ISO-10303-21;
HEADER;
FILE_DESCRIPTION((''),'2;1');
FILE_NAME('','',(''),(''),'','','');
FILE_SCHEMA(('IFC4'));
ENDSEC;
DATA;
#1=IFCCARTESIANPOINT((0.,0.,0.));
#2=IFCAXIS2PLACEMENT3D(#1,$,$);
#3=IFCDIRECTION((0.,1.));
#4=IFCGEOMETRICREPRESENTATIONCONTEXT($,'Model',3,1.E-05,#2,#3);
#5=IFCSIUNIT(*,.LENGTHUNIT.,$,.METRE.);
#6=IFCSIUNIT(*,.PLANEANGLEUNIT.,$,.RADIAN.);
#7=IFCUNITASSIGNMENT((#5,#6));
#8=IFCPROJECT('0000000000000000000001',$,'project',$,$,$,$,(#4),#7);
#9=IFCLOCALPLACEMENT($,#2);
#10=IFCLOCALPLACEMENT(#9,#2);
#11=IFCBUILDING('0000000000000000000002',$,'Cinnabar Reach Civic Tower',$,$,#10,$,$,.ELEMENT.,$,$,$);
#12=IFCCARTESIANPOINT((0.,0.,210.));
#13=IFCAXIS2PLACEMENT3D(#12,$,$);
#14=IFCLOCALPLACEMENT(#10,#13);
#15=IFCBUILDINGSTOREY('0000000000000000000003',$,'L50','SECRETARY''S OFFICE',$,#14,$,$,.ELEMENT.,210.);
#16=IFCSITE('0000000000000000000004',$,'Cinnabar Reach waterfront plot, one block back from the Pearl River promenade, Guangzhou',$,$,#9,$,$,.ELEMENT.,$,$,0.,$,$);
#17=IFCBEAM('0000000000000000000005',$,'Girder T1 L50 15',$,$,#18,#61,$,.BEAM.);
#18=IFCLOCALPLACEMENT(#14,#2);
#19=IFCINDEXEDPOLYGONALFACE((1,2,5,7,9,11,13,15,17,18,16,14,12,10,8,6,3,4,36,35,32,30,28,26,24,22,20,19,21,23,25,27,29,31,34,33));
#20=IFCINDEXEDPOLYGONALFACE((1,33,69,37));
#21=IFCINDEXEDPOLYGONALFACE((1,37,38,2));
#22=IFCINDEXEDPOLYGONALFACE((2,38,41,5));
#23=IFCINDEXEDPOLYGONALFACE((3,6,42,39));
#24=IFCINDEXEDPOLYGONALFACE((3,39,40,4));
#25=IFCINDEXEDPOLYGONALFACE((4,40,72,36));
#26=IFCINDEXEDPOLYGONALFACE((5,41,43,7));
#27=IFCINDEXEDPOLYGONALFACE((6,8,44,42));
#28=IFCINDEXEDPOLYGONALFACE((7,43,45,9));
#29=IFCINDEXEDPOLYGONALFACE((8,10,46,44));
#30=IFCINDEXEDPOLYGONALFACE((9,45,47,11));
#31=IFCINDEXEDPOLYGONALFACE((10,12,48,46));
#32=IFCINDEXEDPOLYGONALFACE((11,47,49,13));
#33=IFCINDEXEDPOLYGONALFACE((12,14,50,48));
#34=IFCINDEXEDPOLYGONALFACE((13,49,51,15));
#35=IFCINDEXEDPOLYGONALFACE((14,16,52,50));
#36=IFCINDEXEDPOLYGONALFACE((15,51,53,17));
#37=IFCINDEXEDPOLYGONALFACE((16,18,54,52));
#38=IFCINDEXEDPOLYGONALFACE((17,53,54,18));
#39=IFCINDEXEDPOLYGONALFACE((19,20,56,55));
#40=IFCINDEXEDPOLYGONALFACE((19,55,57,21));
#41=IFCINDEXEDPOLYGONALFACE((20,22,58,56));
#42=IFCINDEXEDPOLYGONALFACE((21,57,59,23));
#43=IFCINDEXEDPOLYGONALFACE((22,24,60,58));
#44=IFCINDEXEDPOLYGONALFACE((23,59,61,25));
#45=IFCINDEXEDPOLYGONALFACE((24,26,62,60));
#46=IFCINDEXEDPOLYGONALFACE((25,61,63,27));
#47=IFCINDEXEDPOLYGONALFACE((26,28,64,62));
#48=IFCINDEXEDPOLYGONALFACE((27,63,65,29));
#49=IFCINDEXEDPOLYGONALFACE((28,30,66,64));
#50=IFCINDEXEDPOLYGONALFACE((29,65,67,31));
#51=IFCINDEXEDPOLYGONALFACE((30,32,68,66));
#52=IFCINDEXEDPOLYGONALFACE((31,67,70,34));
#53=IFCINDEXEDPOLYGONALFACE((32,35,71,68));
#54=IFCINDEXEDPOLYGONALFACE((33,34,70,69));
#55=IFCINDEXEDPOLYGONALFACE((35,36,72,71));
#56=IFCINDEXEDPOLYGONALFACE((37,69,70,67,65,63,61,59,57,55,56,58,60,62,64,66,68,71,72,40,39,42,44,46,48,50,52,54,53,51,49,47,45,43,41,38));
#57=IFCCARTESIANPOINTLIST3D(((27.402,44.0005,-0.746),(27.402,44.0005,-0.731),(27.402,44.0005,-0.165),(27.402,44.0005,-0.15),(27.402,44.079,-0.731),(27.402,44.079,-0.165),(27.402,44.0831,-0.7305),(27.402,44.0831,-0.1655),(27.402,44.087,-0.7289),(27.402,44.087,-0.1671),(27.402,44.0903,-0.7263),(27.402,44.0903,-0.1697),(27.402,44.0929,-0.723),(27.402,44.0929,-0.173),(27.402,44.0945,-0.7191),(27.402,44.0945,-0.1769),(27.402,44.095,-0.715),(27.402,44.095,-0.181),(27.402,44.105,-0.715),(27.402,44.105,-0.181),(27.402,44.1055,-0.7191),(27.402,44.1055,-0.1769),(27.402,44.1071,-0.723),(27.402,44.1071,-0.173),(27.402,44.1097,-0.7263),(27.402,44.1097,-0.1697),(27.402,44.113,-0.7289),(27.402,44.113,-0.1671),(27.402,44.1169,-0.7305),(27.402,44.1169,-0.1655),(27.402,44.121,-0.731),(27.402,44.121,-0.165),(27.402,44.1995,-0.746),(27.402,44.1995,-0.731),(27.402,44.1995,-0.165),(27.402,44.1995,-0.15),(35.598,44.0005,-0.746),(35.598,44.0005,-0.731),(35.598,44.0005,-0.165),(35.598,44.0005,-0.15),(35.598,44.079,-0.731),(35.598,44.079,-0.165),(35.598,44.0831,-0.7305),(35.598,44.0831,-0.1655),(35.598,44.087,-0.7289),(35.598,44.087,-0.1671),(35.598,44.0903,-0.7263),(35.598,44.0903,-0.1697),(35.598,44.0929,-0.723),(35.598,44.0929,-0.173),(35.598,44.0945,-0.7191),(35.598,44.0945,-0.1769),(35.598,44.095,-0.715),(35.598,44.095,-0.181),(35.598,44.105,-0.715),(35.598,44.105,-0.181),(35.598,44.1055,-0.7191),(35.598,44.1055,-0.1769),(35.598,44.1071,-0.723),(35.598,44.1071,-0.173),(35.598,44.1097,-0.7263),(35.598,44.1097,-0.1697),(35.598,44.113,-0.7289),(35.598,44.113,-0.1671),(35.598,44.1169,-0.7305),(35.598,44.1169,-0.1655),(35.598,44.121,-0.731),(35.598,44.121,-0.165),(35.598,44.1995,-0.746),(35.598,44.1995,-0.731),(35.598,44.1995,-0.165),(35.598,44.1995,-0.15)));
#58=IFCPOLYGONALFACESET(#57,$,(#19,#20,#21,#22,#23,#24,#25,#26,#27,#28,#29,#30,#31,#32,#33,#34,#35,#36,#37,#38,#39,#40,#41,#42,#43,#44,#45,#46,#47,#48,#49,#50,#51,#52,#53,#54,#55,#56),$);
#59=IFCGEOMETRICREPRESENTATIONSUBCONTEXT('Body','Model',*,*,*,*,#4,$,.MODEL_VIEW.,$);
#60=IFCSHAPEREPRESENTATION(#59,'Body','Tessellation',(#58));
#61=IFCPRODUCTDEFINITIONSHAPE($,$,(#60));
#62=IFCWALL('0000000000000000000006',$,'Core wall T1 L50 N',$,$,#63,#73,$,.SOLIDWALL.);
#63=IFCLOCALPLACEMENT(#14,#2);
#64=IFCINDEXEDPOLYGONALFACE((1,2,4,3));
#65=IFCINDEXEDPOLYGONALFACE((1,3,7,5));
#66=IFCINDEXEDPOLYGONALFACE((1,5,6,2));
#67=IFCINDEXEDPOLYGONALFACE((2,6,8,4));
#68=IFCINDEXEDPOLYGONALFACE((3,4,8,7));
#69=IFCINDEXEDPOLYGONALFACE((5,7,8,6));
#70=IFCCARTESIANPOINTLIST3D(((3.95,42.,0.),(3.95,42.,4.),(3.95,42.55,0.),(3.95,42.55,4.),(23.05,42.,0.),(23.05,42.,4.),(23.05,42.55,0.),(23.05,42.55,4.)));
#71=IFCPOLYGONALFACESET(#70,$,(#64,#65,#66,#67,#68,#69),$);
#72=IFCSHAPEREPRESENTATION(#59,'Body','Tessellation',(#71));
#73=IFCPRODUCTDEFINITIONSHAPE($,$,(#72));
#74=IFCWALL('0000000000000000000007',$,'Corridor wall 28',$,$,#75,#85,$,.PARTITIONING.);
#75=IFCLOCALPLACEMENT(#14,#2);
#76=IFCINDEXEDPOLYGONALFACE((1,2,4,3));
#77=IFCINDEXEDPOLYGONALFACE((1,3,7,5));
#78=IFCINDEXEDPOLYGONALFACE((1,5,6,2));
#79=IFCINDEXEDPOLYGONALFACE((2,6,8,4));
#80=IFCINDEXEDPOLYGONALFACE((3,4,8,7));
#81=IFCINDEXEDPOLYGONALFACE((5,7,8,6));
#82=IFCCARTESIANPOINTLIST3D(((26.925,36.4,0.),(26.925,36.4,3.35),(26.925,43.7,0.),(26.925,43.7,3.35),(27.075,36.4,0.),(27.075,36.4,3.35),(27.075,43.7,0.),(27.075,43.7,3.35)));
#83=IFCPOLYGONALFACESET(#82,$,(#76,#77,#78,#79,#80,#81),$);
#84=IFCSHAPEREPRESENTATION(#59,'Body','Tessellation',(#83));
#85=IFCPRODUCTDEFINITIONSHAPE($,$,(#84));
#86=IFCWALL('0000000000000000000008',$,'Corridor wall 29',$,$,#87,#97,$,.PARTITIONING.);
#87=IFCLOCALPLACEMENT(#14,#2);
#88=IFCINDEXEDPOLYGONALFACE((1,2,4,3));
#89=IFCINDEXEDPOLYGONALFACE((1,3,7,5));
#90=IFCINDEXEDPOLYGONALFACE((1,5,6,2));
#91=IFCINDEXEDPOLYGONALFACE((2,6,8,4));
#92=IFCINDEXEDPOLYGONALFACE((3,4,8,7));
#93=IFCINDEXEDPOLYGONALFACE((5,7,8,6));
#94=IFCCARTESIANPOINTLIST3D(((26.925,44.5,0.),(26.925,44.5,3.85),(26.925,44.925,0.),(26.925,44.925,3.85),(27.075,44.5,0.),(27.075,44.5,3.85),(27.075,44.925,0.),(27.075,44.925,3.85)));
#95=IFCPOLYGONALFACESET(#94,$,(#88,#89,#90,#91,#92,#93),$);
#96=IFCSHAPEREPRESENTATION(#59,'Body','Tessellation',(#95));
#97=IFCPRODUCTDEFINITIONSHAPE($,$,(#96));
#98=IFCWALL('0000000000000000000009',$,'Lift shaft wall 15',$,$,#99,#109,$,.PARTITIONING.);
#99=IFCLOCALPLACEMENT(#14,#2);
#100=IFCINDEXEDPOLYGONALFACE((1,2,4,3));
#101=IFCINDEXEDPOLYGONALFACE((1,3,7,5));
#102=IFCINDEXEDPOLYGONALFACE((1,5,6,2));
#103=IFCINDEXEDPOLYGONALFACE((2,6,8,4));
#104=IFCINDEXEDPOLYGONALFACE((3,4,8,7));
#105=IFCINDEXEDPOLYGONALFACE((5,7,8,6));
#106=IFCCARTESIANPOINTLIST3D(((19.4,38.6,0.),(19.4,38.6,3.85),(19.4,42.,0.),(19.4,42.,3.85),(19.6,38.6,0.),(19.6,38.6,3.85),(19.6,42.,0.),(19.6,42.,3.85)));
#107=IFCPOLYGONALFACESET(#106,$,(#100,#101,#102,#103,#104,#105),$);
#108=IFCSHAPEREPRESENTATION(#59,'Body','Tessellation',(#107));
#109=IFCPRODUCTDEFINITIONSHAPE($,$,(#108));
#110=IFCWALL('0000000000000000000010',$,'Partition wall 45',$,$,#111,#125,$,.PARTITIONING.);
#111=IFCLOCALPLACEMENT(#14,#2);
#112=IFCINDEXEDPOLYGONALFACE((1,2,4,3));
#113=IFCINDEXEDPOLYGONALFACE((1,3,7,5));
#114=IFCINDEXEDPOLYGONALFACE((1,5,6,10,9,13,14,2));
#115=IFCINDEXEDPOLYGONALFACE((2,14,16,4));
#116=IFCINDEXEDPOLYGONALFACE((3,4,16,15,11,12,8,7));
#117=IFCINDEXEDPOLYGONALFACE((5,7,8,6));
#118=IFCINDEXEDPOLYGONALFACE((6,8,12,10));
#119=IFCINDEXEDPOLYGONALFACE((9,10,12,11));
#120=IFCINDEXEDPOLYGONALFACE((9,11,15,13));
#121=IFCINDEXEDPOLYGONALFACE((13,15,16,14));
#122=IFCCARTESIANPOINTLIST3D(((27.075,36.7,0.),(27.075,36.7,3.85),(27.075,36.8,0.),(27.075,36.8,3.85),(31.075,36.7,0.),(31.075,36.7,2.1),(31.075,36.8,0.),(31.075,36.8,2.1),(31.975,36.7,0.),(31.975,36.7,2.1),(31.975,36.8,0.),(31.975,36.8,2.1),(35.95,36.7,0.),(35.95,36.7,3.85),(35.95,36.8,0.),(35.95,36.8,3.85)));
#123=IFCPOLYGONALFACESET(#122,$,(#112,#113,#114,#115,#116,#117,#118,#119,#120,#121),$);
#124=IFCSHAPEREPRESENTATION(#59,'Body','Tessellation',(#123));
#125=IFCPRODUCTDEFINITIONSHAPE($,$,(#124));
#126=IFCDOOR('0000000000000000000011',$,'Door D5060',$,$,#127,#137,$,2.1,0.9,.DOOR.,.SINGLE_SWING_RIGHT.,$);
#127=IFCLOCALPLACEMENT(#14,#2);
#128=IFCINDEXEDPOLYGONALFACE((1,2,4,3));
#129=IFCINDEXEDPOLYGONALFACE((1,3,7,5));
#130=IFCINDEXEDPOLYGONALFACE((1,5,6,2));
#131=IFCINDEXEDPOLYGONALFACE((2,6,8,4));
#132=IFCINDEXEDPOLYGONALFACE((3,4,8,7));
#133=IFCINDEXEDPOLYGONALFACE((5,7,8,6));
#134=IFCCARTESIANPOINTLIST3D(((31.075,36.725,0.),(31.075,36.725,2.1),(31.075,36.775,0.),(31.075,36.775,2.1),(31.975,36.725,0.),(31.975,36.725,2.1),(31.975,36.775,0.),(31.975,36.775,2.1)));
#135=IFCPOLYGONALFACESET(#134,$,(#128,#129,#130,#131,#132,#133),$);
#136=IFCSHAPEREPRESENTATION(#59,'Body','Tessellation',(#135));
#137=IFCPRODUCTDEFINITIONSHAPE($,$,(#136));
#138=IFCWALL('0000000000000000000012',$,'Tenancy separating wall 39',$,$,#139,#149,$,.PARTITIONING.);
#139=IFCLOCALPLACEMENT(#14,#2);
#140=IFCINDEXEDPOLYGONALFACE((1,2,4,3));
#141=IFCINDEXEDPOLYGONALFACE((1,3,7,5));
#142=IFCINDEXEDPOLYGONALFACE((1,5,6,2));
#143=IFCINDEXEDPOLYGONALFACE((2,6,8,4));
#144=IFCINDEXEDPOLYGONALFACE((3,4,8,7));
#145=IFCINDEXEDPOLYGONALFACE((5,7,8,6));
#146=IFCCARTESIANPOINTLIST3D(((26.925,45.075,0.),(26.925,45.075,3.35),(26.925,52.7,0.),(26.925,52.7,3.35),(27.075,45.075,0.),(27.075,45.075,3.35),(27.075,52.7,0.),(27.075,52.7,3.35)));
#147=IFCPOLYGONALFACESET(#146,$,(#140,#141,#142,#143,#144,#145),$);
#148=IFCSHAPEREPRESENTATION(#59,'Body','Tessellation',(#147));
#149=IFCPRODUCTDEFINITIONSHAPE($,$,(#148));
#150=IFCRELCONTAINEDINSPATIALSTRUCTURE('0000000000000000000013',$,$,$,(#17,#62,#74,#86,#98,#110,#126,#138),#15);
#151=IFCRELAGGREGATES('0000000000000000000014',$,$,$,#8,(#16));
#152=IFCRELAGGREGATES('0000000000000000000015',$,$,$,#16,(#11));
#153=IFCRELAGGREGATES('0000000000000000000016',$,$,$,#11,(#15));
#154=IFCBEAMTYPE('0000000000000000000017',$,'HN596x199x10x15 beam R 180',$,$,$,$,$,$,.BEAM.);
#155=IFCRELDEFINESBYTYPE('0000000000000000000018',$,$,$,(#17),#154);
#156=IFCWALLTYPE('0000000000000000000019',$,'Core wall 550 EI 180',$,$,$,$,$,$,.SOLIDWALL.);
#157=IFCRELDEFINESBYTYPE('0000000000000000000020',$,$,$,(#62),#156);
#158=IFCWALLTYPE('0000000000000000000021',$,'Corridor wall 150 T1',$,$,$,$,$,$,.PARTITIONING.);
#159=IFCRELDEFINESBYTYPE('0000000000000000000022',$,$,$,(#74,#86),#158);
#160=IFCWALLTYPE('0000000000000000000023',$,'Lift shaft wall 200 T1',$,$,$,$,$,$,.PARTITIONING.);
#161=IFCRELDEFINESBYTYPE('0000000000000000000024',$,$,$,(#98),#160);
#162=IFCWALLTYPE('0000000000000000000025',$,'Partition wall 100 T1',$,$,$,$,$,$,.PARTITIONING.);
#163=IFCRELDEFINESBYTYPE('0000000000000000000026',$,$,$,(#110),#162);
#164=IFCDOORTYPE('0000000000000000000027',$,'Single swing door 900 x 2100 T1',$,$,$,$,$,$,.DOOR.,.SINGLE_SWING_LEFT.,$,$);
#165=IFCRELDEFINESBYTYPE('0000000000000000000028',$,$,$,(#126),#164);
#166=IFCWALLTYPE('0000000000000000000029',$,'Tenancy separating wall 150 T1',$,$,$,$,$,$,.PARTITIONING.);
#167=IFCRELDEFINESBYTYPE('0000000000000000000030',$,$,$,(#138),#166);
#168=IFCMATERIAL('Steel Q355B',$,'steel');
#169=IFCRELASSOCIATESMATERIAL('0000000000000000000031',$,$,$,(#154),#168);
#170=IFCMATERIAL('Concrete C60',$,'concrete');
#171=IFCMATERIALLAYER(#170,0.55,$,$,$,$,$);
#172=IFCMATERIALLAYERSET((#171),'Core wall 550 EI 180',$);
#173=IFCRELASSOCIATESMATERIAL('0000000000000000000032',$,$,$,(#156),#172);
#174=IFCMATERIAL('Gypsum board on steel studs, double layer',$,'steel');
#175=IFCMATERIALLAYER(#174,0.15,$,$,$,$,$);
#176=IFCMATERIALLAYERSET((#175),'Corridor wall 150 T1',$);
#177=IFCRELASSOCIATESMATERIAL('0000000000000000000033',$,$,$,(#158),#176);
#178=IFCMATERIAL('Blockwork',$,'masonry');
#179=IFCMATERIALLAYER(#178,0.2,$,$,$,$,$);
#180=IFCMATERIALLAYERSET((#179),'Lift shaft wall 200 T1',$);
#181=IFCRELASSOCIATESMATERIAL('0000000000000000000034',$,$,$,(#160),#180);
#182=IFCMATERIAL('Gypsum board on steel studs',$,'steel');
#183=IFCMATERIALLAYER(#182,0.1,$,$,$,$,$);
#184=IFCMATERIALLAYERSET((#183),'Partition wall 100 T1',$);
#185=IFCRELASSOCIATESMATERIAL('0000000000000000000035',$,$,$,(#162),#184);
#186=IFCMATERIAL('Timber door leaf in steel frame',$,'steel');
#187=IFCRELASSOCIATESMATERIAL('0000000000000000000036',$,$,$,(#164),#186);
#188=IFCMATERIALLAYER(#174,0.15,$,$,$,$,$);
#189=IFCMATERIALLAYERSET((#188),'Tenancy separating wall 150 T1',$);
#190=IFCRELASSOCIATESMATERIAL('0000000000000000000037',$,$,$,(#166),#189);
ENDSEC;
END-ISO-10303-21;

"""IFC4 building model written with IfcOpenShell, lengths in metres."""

from ifc_helpers import new_model, si_unit, direction, frame, frame_2d, origin, origin_2d, place, context, subcontext, project, spatial, rectangle, i_section, extrude, material, layer, layer_set, material_profile, profile_set, type_object, element, fill, save


model = new_model("IFC4")

# Units and contexts
model_context = context("Model", 3, precision=1e-05, world=origin(), true_north=direction((0.0, 1.0)))
body_context = subcontext(model_context, "Body", "Model", "MODEL_VIEW")
ifc_project = project(units=[si_unit("LENGTHUNIT", "METRE"), si_unit("PLANEANGLEUNIT", "RADIAN")], contexts=[model_context])

# Site, building, storey
site_placement = place(None, origin())
site = spatial("IfcSite", under=ifc_project, at=site_placement, Name="Cinnabar Reach waterfront plot, one block back from the Pearl River promenade, Guangzhou", CompositionType="ELEMENT", RefElevation=0.0)
building_placement = place(site_placement, origin())
building = spatial("IfcBuilding", under=site, at=building_placement, Name="Cinnabar Reach Civic Tower", CompositionType="ELEMENT")
storey_placement = place(building_placement, frame((0.0, 0.0, 210.0)))
storey = spatial("IfcBuildingStorey", under=building, at=storey_placement, Name="L50", Description="SECRETARY'S OFFICE", CompositionType="ELEMENT", Elevation=210.0)

# Shared definitions
ifc_material_1 = material(Name="Concrete C60", Category="concrete")

# Beam
ifc_material_2 = material(Name="Steel Q355B", Category="steel")
ifc_material_profile_1 = material_profile(ifc_material_2, i_section(OverallWidth=0.199, OverallDepth=0.596, WebThickness=0.01, FlangeThickness=0.015, FilletRadius=0.016, at=origin_2d()), Name="HN596x199x10x15")
ifc_profile_set_1 = profile_set([ifc_material_profile_1], Name="Steel Q355B")
beam_type_1 = type_object("IfcBeamType", Name="HN596x199x10x15 beam R 180", PredefinedType="BEAM", material=ifc_profile_set_1)
for number, where, z_axis, x_axis, name in (
    (1, (27.402, 44.1, -0.448), (1.0, 0.0, 0.0), (0.0, 1.0, 0.0), "Girder T1 L50 15"),
):
    element("IfcBeam", number, at=place(storey_placement, frame(where, z_axis=z_axis, x_axis=x_axis)), inside=storey, type_object=beam_type_1, Name=name, PredefinedType="BEAM", context=body_context, shape_type="SweptSolid", body=[
        extrude(i_section(OverallWidth=0.199, OverallDepth=0.596, WebThickness=0.01, FlangeThickness=0.015, FilletRadius=0.016, at=origin_2d()), origin(), (0.0, 0.0, 1.0), 8.196),
    ])

# Walls
ifc_layer_1 = layer(ifc_material_1, 0.55)
ifc_layer_set_1 = layer_set([ifc_layer_1], Name="Core wall 550 EI 180")
wall_type_1 = type_object("IfcWallType", Name="Core wall 550 EI 180", PredefinedType="SOLIDWALL", material=ifc_layer_set_1)
wall_1_placement = place(storey_placement, frame((23.05, 42.275, 0.0), z_axis=(0.0, 0.0, 1.0), x_axis=(-1.0, 0.0, 0.0)))
element("IfcWall", 2, at=wall_1_placement, inside=storey, type_object=wall_type_1, Name="Core wall T1 L50 N", PredefinedType="SOLIDWALL", context=body_context, shape_type="SweptSolid", body=[
    extrude(rectangle(XDim=19.1, YDim=0.55, at=frame_2d((9.55, 0.0))), origin(), (0.0, 0.0, 1.0), 4.0),
])
ifc_material_3 = material(Name="Gypsum board on steel studs, double layer", Category="steel")
ifc_layer_2 = layer(ifc_material_3, 0.15)
ifc_layer_set_2 = layer_set([ifc_layer_2], Name="Corridor wall 150 T1")
wall_type_2 = type_object("IfcWallType", Name="Corridor wall 150 T1", PredefinedType="PARTITIONING", material=ifc_layer_set_2)
wall_2_placement = place(storey_placement, frame((27.0, 36.4, 0.0), z_axis=(0.0, 0.0, 1.0), x_axis=(0.0, 1.0, 0.0)))
element("IfcWall", 3, at=wall_2_placement, inside=storey, type_object=wall_type_2, Name="Corridor wall 28", PredefinedType="PARTITIONING", context=body_context, shape_type="SweptSolid", body=[
    extrude(rectangle(XDim=7.3, YDim=0.15, at=frame_2d((3.65, 0.0))), origin(), (0.0, 0.0, 1.0), 3.35),
])
wall_3_placement = place(storey_placement, frame((27.0, 44.5, 0.0), z_axis=(0.0, 0.0, 1.0), x_axis=(0.0, 1.0, 0.0)))
element("IfcWall", 4, at=wall_3_placement, inside=storey, type_object=wall_type_2, Name="Corridor wall 29", PredefinedType="PARTITIONING", context=body_context, shape_type="SweptSolid", body=[
    extrude(rectangle(XDim=0.425, YDim=0.15, at=frame_2d((0.2125, 0.0))), origin(), (0.0, 0.0, 1.0), 3.85),
])
ifc_material_4 = material(Name="Blockwork", Category="masonry")
ifc_layer_3 = layer(ifc_material_4, 0.2)
ifc_layer_set_3 = layer_set([ifc_layer_3], Name="Lift shaft wall 200 T1")
wall_type_3 = type_object("IfcWallType", Name="Lift shaft wall 200 T1", PredefinedType="PARTITIONING", material=ifc_layer_set_3)
wall_4_placement = place(storey_placement, frame((19.5, 38.6, 0.0), z_axis=(0.0, 0.0, 1.0), x_axis=(0.0, 1.0, 0.0)))
element("IfcWall", 5, at=wall_4_placement, inside=storey, type_object=wall_type_3, Name="Lift shaft wall 15", PredefinedType="PARTITIONING", context=body_context, shape_type="SweptSolid", body=[
    extrude(rectangle(XDim=3.4, YDim=0.2, at=frame_2d((1.7, 0.0))), origin(), (0.0, 0.0, 1.0), 3.85),
])

# Wall, opening, door
ifc_material_5 = material(Name="Gypsum board on steel studs", Category="steel")
ifc_layer_4 = layer(ifc_material_5, 0.1)
ifc_layer_set_4 = layer_set([ifc_layer_4], Name="Partition wall 100 T1")
wall_type_4 = type_object("IfcWallType", Name="Partition wall 100 T1", PredefinedType="PARTITIONING", material=ifc_layer_set_4)
wall_5_placement = place(storey_placement, frame((27.075, 36.75, 0.0), z_axis=(0.0, 0.0, 1.0), x_axis=(1.0, 0.0, 0.0)))
wall_5 = element("IfcWall", 6, at=wall_5_placement, inside=storey, type_object=wall_type_4, Name="Partition wall 45", PredefinedType="PARTITIONING", context=body_context, shape_type="SweptSolid", body=[
    extrude(rectangle(XDim=8.875, YDim=0.1, at=frame_2d((4.4375, 0.0))), origin(), (0.0, 0.0, 1.0), 3.85),
])
opening_placement = place(wall_5_placement, frame((4.0, 0.0, 0.0)))
opening = element("IfcOpeningElement", 7, at=opening_placement, cuts=wall_5, PredefinedType="OPENING", context=body_context, shape_type="SweptSolid", body=[
    extrude(rectangle(XDim=0.9, YDim=2.1, at=frame_2d((0.45, 1.05))), frame((0.0, 0.06, 0.0), z_axis=(0.0, -1.0, 0.0), x_axis=(1.0, 0.0, 0.0)), (0.0, 0.0, 1.0), 0.12),
])
ifc_material_6 = material(Name="Timber door leaf in steel frame", Category="steel")
door_type = type_object("IfcDoorType", Name="Single swing door 900 x 2100 T1", OperationType="SINGLE_SWING_LEFT", PredefinedType="DOOR", material=ifc_material_6)
door_placement = place(opening_placement, frame((0.9, 0.0, 0.0), z_axis=(0.0, 0.0, 1.0), x_axis=(-1.0, 0.0, 0.0)))
door = element("IfcDoor", 8, at=door_placement, inside=storey, type_object=door_type, Name="Door D5060", OperationType="SINGLE_SWING_RIGHT", OverallHeight=2.1, OverallWidth=0.9, PredefinedType="DOOR", context=body_context, shape_type="SweptSolid", body=[
    extrude(rectangle(XDim=0.9, YDim=2.1, at=frame_2d((0.45, 1.05))), frame((0.0, 0.025, 0.0), z_axis=(0.0, -1.0, 0.0), x_axis=(1.0, 0.0, 0.0)), (0.0, 0.0, 1.0), 0.05),
])
fill(opening, door)

# Wall
ifc_layer_5 = layer(ifc_material_3, 0.15)
ifc_layer_set_5 = layer_set([ifc_layer_5], Name="Tenancy separating wall 150 T1")
wall_type_5 = type_object("IfcWallType", Name="Tenancy separating wall 150 T1", PredefinedType="PARTITIONING", material=ifc_layer_set_5)
wall_6_placement = place(storey_placement, frame((27.0, 45.075, 0.0), z_axis=(0.0, 0.0, 1.0), x_axis=(0.0, 1.0, 0.0)))
element("IfcWall", 9, at=wall_6_placement, inside=storey, type_object=wall_type_5, Name="Tenancy separating wall 39", PredefinedType="PARTITIONING", context=body_context, shape_type="SweptSolid", body=[
    extrude(rectangle(XDim=7.625, YDim=0.15, at=frame_2d((3.8125, 0.0))), origin(), (0.0, 0.0, 1.0), 3.35),
])

save(model, "model.ifc")
